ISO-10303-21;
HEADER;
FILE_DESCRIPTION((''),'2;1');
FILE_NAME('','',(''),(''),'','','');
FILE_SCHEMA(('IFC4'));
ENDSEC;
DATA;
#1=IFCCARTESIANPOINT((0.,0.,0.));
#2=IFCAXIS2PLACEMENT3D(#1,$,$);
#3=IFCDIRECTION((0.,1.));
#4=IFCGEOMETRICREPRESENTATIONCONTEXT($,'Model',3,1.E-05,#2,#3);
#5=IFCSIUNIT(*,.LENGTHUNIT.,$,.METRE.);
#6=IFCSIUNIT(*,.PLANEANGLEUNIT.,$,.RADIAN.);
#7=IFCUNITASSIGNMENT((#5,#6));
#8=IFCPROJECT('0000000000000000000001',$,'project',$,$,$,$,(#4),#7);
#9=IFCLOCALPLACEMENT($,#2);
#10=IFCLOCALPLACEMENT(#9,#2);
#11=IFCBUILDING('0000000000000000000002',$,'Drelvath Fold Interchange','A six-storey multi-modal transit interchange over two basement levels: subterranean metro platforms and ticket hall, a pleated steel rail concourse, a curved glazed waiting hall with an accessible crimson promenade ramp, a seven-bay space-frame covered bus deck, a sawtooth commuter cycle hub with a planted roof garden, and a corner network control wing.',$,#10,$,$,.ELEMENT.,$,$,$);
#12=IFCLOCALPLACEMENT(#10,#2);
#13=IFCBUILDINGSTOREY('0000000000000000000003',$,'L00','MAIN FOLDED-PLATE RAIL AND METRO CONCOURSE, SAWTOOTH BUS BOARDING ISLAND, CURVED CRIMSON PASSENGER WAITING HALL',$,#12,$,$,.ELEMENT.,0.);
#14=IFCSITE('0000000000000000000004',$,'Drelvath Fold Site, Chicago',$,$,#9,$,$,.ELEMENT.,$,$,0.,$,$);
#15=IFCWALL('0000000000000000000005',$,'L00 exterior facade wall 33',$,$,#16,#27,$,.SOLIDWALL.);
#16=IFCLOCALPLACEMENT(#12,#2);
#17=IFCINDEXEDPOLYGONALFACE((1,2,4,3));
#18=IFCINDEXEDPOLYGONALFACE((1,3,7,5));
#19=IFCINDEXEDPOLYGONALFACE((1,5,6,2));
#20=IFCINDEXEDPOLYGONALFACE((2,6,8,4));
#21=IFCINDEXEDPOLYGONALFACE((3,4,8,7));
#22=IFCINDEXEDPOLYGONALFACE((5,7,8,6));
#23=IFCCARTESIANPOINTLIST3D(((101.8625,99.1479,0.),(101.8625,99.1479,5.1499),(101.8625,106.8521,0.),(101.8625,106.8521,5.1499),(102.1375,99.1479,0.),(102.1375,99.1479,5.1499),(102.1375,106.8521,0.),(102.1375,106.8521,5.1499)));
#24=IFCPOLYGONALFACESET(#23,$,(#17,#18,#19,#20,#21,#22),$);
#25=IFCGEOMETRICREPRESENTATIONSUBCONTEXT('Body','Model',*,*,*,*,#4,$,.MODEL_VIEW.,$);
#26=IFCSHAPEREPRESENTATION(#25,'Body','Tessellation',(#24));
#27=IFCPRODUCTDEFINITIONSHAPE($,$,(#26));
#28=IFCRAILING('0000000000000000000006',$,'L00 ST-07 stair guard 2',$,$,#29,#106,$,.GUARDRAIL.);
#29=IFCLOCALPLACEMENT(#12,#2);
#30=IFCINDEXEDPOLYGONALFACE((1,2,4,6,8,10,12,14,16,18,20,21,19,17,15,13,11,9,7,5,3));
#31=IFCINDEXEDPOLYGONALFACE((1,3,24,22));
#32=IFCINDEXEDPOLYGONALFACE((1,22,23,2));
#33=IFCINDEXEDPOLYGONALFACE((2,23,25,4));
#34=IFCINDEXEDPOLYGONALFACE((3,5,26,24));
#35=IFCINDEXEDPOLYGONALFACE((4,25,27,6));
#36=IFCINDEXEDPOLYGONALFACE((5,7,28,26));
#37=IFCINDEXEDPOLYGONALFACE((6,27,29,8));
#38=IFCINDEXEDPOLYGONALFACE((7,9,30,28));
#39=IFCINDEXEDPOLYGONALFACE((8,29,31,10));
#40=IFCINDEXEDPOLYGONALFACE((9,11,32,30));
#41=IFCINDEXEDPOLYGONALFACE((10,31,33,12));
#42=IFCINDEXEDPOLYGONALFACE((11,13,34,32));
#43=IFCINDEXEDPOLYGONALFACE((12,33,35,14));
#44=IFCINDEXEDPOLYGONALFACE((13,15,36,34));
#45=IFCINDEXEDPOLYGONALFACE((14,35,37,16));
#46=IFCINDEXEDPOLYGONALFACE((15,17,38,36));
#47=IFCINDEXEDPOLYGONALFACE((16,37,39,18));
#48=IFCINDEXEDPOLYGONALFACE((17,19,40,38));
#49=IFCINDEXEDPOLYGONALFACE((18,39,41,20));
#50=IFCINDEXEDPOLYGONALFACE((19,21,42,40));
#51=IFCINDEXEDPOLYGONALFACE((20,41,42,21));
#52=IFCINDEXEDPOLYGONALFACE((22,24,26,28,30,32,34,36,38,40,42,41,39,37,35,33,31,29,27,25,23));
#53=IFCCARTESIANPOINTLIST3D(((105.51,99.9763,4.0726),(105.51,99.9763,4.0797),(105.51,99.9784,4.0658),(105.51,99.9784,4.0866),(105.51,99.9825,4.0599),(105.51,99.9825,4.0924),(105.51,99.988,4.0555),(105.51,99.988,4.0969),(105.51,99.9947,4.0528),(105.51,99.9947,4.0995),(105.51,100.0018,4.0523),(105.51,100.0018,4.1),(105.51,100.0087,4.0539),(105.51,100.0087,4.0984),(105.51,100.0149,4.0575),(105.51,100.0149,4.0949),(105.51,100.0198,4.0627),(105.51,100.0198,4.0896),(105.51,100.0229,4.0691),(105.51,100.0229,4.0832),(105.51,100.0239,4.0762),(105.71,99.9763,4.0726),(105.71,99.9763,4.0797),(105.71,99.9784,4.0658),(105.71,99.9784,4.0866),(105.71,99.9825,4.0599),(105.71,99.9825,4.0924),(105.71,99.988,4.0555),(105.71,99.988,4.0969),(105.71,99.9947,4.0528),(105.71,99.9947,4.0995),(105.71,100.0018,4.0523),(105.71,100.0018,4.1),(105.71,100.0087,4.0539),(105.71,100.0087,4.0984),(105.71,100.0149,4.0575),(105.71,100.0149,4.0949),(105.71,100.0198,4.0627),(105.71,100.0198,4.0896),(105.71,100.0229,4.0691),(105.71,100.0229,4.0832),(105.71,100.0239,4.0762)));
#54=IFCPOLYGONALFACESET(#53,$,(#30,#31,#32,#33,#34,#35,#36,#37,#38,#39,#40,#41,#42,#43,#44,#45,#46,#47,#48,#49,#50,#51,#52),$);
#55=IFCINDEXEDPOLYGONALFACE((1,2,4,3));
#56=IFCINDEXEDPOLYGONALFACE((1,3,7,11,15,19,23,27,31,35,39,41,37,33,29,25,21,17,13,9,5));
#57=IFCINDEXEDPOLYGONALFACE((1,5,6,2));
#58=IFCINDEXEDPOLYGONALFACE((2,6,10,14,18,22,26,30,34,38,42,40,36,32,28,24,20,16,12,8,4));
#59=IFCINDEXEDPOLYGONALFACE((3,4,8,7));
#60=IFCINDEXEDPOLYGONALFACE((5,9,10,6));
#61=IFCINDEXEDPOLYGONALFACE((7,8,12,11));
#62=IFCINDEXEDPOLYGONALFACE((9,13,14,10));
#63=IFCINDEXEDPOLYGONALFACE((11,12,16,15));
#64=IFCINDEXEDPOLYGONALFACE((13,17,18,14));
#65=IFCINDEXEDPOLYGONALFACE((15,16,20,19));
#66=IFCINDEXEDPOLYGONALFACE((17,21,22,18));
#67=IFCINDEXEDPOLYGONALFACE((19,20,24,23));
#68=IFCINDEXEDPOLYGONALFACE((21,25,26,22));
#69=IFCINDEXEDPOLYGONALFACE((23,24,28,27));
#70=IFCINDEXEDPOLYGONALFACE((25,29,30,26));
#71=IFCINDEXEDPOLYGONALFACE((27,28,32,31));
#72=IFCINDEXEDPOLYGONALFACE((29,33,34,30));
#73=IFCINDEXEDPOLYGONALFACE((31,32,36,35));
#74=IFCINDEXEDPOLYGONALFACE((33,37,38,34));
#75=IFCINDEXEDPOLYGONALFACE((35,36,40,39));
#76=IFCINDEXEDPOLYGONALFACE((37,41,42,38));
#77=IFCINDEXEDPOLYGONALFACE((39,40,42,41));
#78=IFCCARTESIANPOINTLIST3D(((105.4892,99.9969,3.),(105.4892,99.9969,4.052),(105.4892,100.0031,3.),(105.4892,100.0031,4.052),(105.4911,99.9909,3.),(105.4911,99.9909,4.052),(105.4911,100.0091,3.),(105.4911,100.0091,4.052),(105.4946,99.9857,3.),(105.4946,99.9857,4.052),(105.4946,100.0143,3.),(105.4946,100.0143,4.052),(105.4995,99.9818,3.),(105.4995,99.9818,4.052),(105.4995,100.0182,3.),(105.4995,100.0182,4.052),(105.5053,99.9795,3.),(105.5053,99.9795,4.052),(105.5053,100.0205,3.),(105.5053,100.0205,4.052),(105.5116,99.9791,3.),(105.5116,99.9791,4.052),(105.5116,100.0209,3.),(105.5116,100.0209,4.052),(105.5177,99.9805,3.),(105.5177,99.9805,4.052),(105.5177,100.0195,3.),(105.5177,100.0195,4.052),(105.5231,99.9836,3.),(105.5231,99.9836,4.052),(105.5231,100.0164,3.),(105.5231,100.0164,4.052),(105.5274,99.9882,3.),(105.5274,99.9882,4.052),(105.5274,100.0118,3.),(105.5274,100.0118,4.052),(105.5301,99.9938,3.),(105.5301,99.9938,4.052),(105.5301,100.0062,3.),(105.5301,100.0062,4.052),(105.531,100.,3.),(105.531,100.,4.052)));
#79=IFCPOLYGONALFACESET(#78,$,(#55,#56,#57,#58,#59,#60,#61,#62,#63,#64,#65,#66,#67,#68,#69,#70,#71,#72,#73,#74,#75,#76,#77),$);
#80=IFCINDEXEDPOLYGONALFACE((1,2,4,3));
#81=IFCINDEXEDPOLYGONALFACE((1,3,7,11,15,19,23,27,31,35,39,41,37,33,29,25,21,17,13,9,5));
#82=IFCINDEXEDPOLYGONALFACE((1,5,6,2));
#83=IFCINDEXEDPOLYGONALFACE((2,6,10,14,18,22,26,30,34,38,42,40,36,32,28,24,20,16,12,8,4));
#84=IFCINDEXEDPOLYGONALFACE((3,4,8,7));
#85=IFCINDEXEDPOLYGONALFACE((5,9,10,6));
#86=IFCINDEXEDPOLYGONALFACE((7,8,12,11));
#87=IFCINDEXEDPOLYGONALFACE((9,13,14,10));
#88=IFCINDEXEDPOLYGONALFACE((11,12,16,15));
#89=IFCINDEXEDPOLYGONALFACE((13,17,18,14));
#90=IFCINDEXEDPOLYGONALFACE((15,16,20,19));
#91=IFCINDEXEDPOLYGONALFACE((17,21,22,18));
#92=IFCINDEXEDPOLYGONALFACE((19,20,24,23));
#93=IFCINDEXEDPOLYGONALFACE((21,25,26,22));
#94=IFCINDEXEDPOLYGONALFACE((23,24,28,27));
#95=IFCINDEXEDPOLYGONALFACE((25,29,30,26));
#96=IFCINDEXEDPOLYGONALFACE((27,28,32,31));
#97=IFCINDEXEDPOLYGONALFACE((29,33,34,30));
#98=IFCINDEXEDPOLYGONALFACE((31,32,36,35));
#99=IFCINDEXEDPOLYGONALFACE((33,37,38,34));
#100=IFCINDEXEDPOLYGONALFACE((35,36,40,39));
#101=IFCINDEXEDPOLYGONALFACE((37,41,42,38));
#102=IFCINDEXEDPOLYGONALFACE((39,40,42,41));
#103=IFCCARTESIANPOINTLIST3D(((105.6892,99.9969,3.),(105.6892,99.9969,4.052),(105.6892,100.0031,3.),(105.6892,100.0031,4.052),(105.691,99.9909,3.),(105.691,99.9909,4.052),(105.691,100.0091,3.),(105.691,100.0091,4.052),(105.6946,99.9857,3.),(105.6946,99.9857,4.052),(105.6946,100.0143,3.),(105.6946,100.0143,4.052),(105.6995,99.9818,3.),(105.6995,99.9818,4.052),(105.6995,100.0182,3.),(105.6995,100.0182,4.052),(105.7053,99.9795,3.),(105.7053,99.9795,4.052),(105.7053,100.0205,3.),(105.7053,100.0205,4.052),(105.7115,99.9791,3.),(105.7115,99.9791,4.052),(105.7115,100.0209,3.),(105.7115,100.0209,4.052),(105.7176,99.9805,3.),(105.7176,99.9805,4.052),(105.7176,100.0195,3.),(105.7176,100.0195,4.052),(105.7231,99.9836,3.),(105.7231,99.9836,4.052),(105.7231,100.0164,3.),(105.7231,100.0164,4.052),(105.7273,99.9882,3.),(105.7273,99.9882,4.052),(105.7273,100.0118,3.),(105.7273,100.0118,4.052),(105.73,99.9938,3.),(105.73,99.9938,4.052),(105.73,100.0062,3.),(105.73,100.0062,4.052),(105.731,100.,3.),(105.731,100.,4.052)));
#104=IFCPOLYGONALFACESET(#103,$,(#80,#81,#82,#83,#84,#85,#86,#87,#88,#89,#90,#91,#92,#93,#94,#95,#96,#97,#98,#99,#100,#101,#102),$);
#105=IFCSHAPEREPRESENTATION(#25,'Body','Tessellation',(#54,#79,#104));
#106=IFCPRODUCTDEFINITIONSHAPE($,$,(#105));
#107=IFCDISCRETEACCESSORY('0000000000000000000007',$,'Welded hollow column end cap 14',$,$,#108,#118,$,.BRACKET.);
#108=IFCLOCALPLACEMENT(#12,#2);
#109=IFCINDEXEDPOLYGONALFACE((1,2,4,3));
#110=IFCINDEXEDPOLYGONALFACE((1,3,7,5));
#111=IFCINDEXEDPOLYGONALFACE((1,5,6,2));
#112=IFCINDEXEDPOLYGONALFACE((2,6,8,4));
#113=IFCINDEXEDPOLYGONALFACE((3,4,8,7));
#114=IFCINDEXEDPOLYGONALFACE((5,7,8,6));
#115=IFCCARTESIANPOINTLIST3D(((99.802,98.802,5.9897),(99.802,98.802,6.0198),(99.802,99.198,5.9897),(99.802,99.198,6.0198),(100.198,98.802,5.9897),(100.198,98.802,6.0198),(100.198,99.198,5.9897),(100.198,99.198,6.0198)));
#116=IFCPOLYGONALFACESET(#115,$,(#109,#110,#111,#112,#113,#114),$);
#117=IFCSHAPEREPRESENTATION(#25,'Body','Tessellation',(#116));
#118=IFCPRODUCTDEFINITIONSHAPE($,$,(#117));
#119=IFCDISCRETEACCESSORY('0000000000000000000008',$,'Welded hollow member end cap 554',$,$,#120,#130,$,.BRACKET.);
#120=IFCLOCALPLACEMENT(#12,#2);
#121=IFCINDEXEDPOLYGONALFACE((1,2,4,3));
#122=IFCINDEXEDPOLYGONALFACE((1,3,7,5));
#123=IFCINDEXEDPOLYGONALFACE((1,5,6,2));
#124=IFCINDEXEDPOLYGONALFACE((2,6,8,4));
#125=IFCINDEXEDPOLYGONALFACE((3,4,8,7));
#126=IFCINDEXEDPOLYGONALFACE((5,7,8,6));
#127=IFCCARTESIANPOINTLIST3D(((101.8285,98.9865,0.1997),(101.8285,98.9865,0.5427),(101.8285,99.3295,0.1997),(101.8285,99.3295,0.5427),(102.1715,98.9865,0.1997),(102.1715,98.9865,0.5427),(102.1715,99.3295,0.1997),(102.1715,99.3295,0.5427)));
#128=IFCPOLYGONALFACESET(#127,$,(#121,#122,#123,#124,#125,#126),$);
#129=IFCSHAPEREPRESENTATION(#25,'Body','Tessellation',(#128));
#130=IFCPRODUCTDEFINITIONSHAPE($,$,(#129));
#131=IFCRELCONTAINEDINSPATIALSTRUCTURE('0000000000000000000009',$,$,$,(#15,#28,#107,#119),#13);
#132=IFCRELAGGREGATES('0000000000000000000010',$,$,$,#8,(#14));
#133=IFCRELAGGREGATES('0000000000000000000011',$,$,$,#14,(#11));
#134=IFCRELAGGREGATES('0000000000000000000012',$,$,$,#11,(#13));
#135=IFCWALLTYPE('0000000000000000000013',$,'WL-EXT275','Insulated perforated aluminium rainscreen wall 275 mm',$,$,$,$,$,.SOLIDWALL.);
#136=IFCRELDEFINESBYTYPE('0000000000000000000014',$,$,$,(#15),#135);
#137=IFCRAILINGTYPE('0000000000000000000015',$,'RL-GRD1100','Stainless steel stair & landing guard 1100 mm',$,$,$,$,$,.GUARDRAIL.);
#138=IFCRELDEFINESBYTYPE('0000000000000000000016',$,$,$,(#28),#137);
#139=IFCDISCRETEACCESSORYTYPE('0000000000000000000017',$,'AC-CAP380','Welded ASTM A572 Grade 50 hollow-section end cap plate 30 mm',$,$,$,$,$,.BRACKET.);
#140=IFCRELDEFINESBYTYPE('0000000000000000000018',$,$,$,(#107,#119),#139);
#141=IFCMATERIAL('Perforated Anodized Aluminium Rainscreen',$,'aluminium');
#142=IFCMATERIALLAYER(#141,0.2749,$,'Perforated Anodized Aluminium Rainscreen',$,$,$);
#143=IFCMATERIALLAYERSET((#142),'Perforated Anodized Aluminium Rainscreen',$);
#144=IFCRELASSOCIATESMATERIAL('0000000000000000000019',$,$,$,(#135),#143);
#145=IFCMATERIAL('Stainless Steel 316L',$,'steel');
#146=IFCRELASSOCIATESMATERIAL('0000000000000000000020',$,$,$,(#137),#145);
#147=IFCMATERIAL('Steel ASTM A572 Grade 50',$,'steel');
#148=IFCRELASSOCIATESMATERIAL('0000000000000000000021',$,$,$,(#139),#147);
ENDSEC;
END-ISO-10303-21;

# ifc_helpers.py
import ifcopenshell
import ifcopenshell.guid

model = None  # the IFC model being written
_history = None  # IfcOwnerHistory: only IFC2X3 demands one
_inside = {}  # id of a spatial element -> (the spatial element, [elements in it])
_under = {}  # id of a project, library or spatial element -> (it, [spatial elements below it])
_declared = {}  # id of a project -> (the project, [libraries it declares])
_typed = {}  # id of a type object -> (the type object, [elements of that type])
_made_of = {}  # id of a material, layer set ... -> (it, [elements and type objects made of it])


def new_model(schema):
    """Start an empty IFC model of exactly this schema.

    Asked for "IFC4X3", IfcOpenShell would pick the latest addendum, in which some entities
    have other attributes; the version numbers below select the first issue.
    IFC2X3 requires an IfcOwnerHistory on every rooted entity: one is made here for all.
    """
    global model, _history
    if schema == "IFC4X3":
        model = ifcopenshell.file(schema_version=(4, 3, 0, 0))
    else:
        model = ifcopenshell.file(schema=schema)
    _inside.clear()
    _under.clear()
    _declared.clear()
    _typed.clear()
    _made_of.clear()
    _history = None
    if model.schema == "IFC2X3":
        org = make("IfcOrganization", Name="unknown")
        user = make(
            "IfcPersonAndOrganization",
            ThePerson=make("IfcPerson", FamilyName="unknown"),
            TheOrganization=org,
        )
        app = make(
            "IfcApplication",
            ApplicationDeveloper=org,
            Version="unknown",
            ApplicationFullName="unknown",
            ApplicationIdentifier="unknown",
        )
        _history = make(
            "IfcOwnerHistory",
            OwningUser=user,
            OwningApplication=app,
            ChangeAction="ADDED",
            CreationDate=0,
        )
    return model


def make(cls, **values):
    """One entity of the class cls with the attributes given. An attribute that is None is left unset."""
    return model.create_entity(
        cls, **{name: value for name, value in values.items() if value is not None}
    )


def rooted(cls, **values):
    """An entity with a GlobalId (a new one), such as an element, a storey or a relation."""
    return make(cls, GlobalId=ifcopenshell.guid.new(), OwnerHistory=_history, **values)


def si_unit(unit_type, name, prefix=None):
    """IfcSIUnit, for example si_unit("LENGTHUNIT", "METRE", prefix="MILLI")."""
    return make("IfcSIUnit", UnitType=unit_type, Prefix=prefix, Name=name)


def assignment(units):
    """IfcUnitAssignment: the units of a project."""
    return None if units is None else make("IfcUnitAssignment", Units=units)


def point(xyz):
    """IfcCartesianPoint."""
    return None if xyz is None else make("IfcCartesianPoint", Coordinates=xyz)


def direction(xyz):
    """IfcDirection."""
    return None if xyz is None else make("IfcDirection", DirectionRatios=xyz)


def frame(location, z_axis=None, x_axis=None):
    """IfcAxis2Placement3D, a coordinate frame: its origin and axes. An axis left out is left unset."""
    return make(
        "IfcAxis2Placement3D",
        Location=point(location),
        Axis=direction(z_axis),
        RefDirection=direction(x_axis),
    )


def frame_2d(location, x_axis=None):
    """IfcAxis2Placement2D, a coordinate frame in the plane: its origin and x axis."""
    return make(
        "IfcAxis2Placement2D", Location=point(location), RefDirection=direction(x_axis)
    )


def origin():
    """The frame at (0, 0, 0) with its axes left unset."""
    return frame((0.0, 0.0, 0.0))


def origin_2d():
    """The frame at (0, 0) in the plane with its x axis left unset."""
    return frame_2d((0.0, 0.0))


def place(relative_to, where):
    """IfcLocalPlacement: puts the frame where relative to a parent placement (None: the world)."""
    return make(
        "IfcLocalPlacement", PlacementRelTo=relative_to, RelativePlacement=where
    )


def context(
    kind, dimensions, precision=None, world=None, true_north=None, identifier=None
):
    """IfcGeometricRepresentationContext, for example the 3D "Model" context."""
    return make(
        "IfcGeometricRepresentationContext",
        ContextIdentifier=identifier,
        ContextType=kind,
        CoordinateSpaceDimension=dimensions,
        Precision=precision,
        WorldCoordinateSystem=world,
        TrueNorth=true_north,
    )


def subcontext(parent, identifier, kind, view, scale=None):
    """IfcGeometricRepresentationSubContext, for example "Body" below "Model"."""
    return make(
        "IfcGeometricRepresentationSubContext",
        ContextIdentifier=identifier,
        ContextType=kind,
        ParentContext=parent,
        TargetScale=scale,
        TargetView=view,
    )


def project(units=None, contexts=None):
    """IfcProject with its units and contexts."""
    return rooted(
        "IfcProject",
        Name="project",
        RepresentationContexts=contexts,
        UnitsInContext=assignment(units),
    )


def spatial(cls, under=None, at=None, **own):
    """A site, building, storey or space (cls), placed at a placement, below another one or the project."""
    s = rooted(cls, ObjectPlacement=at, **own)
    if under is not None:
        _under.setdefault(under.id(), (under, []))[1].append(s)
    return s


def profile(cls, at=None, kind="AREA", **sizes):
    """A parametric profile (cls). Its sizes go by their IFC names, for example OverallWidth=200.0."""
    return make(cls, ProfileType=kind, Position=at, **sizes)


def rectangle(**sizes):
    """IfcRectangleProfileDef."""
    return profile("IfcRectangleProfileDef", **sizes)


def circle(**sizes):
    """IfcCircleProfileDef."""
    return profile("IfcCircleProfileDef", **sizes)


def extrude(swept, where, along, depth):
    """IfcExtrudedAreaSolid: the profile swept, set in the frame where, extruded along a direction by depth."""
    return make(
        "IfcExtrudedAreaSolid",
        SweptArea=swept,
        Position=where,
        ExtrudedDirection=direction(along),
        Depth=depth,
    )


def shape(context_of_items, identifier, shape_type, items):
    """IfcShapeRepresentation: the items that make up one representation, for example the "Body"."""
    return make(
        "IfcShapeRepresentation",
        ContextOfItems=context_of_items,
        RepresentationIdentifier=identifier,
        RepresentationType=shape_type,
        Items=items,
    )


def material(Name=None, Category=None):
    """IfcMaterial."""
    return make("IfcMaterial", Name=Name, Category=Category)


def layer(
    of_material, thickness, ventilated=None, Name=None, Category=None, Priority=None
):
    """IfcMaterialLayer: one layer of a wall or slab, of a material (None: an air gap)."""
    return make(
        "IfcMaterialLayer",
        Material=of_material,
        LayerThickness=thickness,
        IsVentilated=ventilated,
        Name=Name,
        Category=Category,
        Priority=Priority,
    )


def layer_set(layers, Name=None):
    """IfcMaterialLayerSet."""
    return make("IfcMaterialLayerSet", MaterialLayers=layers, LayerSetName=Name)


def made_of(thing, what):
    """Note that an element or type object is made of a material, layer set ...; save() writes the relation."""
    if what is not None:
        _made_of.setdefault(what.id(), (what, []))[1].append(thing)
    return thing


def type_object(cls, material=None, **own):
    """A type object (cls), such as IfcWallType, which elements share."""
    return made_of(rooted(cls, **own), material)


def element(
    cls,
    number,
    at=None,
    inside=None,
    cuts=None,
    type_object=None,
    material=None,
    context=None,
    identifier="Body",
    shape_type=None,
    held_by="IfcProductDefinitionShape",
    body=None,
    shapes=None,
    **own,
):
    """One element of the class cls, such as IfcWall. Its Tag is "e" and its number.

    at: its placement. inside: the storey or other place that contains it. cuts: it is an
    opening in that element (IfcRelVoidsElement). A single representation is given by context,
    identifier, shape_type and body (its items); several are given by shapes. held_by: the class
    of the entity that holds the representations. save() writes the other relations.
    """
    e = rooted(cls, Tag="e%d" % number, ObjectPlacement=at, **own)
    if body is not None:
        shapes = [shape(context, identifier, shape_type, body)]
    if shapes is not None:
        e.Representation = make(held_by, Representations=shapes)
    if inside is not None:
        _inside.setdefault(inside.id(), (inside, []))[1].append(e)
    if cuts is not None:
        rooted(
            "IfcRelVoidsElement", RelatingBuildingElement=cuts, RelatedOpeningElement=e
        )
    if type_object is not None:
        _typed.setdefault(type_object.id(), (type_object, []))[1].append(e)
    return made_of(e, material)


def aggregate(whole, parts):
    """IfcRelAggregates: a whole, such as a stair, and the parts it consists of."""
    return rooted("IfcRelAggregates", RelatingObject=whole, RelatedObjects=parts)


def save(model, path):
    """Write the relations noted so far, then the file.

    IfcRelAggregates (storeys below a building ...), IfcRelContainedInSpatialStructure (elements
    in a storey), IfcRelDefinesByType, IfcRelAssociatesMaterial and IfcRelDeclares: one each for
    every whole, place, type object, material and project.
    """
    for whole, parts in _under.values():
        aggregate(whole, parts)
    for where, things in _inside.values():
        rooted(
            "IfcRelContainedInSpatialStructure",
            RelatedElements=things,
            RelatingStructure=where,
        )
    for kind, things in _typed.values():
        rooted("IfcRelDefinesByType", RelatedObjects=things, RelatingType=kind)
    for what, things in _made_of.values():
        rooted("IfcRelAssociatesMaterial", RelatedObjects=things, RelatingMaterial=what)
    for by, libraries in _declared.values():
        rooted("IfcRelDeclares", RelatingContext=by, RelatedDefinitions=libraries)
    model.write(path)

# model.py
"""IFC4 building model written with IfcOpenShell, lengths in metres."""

from ifc_helpers import new_model, si_unit, direction, frame, frame_2d, origin, origin_2d, place, context, subcontext, project, spatial, rectangle, circle, extrude, material, layer, layer_set, type_object, element, save


model = new_model("IFC4")

# Units and contexts
model_context = context("Model", 3, precision=1e-05, world=origin(), true_north=direction((0.0, 1.0)))
body_context = subcontext(model_context, "Body", "Model", "MODEL_VIEW")
ifc_project = project(units=[si_unit("LENGTHUNIT", "METRE"), si_unit("PLANEANGLEUNIT", "RADIAN")], contexts=[model_context])

# Site, building, storey
site_placement = place(None, origin())
site = spatial("IfcSite", under=ifc_project, at=site_placement, Name="Drelvath Fold Site, Chicago", CompositionType="ELEMENT", RefElevation=0.0)
building_placement = place(site_placement, origin())
building = spatial("IfcBuilding", under=site, at=building_placement, Name="Drelvath Fold Interchange", Description="A six-storey multi-modal transit interchange over two basement levels: subterranean metro platforms and ticket hall, a pleated steel rail concourse, a curved glazed waiting hall with an accessible crimson promenade ramp, a seven-bay space-frame covered bus deck, a sawtooth commuter cycle hub with a planted roof garden, and a corner network control wing.", CompositionType="ELEMENT")
storey_placement = place(building_placement, origin())
storey = spatial("IfcBuildingStorey", under=building, at=storey_placement, Name="L00", Description="MAIN FOLDED-PLATE RAIL AND METRO CONCOURSE, SAWTOOTH BUS BOARDING ISLAND, CURVED CRIMSON PASSENGER WAITING HALL", CompositionType="ELEMENT", Elevation=0.0)

# Shared definitions
ifc_material_1 = material(Name="Steel ASTM A572 Grade 50", Category="steel")

# Wall
ifc_material_2 = material(Name="Perforated Anodized Aluminium Rainscreen", Category="aluminium")
ifc_layer_1 = layer(ifc_material_2, 0.2749, Name="Perforated Anodized Aluminium Rainscreen")
ifc_layer_set_1 = layer_set([ifc_layer_1], Name="Perforated Anodized Aluminium Rainscreen")
wall_type_1 = type_object("IfcWallType", Name="WL-EXT275", Description="Insulated perforated aluminium rainscreen wall 275 mm", PredefinedType="SOLIDWALL", material=ifc_layer_set_1)
wall_1_placement = place(storey_placement, frame((102.0, 99.1479, 0.0), z_axis=(0.0, 0.0, 1.0), x_axis=(0.0, 1.0, 0.0)))
element("IfcWall", 1, at=wall_1_placement, inside=storey, type_object=wall_type_1, Name="L00 exterior facade wall 33", PredefinedType="SOLIDWALL", context=body_context, shape_type="SweptSolid", body=[
    extrude(rectangle(XDim=7.7041, YDim=0.2749, at=frame_2d((3.8521, 0.0))), origin(), (0.0, 0.0, 1.0), 5.1499),
])

# Railing
ifc_material_3 = material(Name="Stainless Steel 316L", Category="steel")
railing_type = type_object("IfcRailingType", Name="RL-GRD1100", Description="Stainless steel stair & landing guard 1100 mm", PredefinedType="GUARDRAIL", material=ifc_material_3)
railing_1_placement = place(storey_placement, frame((105.51, 100.0, 3.0)))
element("IfcRailing", 2, at=railing_1_placement, inside=storey, type_object=railing_type, Name="L00 ST-07 stair guard 2", PredefinedType="GUARDRAIL", context=body_context, shape_type="SweptSolid", body=[
    extrude(circle(Radius=0.0239, at=origin_2d()), frame((0.0, 0.0, 1.0762), z_axis=(1.0, 0.0, 0.0), x_axis=(0.0, 1.0, 0.0)), (0.0, 0.0, 1.0), 0.2),
    extrude(circle(Radius=0.021, at=origin_2d()), origin(), (0.0, 0.0, 1.0), 1.052),
    extrude(circle(Radius=0.021, at=origin_2d()), frame((0.2, 0.0, 0.0)), (0.0, 0.0, 1.0), 1.052),
])

# Discrete accessories
discrete_accessory_type = type_object("IfcDiscreteAccessoryType", Name="AC-CAP380", Description="Welded ASTM A572 Grade 50 hollow-section end cap plate 30 mm", PredefinedType="BRACKET", material=ifc_material_1)
discrete_accessory_1_placement = place(storey_placement, frame((100.0, 99.0, 5.9897), z_axis=(0.0, 0.0, 1.0), x_axis=(1.0, 0.0, 0.0)))
element("IfcDiscreteAccessory", 3, at=discrete_accessory_1_placement, inside=storey, type_object=discrete_accessory_type, Name="Welded hollow column end cap 14", PredefinedType="BRACKET", context=body_context, shape_type="SweptSolid", body=[
    extrude(rectangle(XDim=0.396, YDim=0.396, at=origin_2d()), origin(), (0.0, 0.0, 1.0), 0.03),
])
discrete_accessory_2_placement = place(storey_placement, frame((102.0, 99.158, 0.1997), z_axis=(0.0, 0.0, 1.0), x_axis=(1.0, 0.0, 0.0)))
element("IfcDiscreteAccessory", 4, at=discrete_accessory_2_placement, inside=storey, type_object=discrete_accessory_type, Name="Welded hollow member end cap 554", PredefinedType="BRACKET", context=body_context, shape_type="SweptSolid", body=[
    extrude(rectangle(XDim=0.343, YDim=0.343, at=origin_2d()), origin(), (0.0, 0.0, 1.0), 0.343),
])

save(model, "model.ifc")
